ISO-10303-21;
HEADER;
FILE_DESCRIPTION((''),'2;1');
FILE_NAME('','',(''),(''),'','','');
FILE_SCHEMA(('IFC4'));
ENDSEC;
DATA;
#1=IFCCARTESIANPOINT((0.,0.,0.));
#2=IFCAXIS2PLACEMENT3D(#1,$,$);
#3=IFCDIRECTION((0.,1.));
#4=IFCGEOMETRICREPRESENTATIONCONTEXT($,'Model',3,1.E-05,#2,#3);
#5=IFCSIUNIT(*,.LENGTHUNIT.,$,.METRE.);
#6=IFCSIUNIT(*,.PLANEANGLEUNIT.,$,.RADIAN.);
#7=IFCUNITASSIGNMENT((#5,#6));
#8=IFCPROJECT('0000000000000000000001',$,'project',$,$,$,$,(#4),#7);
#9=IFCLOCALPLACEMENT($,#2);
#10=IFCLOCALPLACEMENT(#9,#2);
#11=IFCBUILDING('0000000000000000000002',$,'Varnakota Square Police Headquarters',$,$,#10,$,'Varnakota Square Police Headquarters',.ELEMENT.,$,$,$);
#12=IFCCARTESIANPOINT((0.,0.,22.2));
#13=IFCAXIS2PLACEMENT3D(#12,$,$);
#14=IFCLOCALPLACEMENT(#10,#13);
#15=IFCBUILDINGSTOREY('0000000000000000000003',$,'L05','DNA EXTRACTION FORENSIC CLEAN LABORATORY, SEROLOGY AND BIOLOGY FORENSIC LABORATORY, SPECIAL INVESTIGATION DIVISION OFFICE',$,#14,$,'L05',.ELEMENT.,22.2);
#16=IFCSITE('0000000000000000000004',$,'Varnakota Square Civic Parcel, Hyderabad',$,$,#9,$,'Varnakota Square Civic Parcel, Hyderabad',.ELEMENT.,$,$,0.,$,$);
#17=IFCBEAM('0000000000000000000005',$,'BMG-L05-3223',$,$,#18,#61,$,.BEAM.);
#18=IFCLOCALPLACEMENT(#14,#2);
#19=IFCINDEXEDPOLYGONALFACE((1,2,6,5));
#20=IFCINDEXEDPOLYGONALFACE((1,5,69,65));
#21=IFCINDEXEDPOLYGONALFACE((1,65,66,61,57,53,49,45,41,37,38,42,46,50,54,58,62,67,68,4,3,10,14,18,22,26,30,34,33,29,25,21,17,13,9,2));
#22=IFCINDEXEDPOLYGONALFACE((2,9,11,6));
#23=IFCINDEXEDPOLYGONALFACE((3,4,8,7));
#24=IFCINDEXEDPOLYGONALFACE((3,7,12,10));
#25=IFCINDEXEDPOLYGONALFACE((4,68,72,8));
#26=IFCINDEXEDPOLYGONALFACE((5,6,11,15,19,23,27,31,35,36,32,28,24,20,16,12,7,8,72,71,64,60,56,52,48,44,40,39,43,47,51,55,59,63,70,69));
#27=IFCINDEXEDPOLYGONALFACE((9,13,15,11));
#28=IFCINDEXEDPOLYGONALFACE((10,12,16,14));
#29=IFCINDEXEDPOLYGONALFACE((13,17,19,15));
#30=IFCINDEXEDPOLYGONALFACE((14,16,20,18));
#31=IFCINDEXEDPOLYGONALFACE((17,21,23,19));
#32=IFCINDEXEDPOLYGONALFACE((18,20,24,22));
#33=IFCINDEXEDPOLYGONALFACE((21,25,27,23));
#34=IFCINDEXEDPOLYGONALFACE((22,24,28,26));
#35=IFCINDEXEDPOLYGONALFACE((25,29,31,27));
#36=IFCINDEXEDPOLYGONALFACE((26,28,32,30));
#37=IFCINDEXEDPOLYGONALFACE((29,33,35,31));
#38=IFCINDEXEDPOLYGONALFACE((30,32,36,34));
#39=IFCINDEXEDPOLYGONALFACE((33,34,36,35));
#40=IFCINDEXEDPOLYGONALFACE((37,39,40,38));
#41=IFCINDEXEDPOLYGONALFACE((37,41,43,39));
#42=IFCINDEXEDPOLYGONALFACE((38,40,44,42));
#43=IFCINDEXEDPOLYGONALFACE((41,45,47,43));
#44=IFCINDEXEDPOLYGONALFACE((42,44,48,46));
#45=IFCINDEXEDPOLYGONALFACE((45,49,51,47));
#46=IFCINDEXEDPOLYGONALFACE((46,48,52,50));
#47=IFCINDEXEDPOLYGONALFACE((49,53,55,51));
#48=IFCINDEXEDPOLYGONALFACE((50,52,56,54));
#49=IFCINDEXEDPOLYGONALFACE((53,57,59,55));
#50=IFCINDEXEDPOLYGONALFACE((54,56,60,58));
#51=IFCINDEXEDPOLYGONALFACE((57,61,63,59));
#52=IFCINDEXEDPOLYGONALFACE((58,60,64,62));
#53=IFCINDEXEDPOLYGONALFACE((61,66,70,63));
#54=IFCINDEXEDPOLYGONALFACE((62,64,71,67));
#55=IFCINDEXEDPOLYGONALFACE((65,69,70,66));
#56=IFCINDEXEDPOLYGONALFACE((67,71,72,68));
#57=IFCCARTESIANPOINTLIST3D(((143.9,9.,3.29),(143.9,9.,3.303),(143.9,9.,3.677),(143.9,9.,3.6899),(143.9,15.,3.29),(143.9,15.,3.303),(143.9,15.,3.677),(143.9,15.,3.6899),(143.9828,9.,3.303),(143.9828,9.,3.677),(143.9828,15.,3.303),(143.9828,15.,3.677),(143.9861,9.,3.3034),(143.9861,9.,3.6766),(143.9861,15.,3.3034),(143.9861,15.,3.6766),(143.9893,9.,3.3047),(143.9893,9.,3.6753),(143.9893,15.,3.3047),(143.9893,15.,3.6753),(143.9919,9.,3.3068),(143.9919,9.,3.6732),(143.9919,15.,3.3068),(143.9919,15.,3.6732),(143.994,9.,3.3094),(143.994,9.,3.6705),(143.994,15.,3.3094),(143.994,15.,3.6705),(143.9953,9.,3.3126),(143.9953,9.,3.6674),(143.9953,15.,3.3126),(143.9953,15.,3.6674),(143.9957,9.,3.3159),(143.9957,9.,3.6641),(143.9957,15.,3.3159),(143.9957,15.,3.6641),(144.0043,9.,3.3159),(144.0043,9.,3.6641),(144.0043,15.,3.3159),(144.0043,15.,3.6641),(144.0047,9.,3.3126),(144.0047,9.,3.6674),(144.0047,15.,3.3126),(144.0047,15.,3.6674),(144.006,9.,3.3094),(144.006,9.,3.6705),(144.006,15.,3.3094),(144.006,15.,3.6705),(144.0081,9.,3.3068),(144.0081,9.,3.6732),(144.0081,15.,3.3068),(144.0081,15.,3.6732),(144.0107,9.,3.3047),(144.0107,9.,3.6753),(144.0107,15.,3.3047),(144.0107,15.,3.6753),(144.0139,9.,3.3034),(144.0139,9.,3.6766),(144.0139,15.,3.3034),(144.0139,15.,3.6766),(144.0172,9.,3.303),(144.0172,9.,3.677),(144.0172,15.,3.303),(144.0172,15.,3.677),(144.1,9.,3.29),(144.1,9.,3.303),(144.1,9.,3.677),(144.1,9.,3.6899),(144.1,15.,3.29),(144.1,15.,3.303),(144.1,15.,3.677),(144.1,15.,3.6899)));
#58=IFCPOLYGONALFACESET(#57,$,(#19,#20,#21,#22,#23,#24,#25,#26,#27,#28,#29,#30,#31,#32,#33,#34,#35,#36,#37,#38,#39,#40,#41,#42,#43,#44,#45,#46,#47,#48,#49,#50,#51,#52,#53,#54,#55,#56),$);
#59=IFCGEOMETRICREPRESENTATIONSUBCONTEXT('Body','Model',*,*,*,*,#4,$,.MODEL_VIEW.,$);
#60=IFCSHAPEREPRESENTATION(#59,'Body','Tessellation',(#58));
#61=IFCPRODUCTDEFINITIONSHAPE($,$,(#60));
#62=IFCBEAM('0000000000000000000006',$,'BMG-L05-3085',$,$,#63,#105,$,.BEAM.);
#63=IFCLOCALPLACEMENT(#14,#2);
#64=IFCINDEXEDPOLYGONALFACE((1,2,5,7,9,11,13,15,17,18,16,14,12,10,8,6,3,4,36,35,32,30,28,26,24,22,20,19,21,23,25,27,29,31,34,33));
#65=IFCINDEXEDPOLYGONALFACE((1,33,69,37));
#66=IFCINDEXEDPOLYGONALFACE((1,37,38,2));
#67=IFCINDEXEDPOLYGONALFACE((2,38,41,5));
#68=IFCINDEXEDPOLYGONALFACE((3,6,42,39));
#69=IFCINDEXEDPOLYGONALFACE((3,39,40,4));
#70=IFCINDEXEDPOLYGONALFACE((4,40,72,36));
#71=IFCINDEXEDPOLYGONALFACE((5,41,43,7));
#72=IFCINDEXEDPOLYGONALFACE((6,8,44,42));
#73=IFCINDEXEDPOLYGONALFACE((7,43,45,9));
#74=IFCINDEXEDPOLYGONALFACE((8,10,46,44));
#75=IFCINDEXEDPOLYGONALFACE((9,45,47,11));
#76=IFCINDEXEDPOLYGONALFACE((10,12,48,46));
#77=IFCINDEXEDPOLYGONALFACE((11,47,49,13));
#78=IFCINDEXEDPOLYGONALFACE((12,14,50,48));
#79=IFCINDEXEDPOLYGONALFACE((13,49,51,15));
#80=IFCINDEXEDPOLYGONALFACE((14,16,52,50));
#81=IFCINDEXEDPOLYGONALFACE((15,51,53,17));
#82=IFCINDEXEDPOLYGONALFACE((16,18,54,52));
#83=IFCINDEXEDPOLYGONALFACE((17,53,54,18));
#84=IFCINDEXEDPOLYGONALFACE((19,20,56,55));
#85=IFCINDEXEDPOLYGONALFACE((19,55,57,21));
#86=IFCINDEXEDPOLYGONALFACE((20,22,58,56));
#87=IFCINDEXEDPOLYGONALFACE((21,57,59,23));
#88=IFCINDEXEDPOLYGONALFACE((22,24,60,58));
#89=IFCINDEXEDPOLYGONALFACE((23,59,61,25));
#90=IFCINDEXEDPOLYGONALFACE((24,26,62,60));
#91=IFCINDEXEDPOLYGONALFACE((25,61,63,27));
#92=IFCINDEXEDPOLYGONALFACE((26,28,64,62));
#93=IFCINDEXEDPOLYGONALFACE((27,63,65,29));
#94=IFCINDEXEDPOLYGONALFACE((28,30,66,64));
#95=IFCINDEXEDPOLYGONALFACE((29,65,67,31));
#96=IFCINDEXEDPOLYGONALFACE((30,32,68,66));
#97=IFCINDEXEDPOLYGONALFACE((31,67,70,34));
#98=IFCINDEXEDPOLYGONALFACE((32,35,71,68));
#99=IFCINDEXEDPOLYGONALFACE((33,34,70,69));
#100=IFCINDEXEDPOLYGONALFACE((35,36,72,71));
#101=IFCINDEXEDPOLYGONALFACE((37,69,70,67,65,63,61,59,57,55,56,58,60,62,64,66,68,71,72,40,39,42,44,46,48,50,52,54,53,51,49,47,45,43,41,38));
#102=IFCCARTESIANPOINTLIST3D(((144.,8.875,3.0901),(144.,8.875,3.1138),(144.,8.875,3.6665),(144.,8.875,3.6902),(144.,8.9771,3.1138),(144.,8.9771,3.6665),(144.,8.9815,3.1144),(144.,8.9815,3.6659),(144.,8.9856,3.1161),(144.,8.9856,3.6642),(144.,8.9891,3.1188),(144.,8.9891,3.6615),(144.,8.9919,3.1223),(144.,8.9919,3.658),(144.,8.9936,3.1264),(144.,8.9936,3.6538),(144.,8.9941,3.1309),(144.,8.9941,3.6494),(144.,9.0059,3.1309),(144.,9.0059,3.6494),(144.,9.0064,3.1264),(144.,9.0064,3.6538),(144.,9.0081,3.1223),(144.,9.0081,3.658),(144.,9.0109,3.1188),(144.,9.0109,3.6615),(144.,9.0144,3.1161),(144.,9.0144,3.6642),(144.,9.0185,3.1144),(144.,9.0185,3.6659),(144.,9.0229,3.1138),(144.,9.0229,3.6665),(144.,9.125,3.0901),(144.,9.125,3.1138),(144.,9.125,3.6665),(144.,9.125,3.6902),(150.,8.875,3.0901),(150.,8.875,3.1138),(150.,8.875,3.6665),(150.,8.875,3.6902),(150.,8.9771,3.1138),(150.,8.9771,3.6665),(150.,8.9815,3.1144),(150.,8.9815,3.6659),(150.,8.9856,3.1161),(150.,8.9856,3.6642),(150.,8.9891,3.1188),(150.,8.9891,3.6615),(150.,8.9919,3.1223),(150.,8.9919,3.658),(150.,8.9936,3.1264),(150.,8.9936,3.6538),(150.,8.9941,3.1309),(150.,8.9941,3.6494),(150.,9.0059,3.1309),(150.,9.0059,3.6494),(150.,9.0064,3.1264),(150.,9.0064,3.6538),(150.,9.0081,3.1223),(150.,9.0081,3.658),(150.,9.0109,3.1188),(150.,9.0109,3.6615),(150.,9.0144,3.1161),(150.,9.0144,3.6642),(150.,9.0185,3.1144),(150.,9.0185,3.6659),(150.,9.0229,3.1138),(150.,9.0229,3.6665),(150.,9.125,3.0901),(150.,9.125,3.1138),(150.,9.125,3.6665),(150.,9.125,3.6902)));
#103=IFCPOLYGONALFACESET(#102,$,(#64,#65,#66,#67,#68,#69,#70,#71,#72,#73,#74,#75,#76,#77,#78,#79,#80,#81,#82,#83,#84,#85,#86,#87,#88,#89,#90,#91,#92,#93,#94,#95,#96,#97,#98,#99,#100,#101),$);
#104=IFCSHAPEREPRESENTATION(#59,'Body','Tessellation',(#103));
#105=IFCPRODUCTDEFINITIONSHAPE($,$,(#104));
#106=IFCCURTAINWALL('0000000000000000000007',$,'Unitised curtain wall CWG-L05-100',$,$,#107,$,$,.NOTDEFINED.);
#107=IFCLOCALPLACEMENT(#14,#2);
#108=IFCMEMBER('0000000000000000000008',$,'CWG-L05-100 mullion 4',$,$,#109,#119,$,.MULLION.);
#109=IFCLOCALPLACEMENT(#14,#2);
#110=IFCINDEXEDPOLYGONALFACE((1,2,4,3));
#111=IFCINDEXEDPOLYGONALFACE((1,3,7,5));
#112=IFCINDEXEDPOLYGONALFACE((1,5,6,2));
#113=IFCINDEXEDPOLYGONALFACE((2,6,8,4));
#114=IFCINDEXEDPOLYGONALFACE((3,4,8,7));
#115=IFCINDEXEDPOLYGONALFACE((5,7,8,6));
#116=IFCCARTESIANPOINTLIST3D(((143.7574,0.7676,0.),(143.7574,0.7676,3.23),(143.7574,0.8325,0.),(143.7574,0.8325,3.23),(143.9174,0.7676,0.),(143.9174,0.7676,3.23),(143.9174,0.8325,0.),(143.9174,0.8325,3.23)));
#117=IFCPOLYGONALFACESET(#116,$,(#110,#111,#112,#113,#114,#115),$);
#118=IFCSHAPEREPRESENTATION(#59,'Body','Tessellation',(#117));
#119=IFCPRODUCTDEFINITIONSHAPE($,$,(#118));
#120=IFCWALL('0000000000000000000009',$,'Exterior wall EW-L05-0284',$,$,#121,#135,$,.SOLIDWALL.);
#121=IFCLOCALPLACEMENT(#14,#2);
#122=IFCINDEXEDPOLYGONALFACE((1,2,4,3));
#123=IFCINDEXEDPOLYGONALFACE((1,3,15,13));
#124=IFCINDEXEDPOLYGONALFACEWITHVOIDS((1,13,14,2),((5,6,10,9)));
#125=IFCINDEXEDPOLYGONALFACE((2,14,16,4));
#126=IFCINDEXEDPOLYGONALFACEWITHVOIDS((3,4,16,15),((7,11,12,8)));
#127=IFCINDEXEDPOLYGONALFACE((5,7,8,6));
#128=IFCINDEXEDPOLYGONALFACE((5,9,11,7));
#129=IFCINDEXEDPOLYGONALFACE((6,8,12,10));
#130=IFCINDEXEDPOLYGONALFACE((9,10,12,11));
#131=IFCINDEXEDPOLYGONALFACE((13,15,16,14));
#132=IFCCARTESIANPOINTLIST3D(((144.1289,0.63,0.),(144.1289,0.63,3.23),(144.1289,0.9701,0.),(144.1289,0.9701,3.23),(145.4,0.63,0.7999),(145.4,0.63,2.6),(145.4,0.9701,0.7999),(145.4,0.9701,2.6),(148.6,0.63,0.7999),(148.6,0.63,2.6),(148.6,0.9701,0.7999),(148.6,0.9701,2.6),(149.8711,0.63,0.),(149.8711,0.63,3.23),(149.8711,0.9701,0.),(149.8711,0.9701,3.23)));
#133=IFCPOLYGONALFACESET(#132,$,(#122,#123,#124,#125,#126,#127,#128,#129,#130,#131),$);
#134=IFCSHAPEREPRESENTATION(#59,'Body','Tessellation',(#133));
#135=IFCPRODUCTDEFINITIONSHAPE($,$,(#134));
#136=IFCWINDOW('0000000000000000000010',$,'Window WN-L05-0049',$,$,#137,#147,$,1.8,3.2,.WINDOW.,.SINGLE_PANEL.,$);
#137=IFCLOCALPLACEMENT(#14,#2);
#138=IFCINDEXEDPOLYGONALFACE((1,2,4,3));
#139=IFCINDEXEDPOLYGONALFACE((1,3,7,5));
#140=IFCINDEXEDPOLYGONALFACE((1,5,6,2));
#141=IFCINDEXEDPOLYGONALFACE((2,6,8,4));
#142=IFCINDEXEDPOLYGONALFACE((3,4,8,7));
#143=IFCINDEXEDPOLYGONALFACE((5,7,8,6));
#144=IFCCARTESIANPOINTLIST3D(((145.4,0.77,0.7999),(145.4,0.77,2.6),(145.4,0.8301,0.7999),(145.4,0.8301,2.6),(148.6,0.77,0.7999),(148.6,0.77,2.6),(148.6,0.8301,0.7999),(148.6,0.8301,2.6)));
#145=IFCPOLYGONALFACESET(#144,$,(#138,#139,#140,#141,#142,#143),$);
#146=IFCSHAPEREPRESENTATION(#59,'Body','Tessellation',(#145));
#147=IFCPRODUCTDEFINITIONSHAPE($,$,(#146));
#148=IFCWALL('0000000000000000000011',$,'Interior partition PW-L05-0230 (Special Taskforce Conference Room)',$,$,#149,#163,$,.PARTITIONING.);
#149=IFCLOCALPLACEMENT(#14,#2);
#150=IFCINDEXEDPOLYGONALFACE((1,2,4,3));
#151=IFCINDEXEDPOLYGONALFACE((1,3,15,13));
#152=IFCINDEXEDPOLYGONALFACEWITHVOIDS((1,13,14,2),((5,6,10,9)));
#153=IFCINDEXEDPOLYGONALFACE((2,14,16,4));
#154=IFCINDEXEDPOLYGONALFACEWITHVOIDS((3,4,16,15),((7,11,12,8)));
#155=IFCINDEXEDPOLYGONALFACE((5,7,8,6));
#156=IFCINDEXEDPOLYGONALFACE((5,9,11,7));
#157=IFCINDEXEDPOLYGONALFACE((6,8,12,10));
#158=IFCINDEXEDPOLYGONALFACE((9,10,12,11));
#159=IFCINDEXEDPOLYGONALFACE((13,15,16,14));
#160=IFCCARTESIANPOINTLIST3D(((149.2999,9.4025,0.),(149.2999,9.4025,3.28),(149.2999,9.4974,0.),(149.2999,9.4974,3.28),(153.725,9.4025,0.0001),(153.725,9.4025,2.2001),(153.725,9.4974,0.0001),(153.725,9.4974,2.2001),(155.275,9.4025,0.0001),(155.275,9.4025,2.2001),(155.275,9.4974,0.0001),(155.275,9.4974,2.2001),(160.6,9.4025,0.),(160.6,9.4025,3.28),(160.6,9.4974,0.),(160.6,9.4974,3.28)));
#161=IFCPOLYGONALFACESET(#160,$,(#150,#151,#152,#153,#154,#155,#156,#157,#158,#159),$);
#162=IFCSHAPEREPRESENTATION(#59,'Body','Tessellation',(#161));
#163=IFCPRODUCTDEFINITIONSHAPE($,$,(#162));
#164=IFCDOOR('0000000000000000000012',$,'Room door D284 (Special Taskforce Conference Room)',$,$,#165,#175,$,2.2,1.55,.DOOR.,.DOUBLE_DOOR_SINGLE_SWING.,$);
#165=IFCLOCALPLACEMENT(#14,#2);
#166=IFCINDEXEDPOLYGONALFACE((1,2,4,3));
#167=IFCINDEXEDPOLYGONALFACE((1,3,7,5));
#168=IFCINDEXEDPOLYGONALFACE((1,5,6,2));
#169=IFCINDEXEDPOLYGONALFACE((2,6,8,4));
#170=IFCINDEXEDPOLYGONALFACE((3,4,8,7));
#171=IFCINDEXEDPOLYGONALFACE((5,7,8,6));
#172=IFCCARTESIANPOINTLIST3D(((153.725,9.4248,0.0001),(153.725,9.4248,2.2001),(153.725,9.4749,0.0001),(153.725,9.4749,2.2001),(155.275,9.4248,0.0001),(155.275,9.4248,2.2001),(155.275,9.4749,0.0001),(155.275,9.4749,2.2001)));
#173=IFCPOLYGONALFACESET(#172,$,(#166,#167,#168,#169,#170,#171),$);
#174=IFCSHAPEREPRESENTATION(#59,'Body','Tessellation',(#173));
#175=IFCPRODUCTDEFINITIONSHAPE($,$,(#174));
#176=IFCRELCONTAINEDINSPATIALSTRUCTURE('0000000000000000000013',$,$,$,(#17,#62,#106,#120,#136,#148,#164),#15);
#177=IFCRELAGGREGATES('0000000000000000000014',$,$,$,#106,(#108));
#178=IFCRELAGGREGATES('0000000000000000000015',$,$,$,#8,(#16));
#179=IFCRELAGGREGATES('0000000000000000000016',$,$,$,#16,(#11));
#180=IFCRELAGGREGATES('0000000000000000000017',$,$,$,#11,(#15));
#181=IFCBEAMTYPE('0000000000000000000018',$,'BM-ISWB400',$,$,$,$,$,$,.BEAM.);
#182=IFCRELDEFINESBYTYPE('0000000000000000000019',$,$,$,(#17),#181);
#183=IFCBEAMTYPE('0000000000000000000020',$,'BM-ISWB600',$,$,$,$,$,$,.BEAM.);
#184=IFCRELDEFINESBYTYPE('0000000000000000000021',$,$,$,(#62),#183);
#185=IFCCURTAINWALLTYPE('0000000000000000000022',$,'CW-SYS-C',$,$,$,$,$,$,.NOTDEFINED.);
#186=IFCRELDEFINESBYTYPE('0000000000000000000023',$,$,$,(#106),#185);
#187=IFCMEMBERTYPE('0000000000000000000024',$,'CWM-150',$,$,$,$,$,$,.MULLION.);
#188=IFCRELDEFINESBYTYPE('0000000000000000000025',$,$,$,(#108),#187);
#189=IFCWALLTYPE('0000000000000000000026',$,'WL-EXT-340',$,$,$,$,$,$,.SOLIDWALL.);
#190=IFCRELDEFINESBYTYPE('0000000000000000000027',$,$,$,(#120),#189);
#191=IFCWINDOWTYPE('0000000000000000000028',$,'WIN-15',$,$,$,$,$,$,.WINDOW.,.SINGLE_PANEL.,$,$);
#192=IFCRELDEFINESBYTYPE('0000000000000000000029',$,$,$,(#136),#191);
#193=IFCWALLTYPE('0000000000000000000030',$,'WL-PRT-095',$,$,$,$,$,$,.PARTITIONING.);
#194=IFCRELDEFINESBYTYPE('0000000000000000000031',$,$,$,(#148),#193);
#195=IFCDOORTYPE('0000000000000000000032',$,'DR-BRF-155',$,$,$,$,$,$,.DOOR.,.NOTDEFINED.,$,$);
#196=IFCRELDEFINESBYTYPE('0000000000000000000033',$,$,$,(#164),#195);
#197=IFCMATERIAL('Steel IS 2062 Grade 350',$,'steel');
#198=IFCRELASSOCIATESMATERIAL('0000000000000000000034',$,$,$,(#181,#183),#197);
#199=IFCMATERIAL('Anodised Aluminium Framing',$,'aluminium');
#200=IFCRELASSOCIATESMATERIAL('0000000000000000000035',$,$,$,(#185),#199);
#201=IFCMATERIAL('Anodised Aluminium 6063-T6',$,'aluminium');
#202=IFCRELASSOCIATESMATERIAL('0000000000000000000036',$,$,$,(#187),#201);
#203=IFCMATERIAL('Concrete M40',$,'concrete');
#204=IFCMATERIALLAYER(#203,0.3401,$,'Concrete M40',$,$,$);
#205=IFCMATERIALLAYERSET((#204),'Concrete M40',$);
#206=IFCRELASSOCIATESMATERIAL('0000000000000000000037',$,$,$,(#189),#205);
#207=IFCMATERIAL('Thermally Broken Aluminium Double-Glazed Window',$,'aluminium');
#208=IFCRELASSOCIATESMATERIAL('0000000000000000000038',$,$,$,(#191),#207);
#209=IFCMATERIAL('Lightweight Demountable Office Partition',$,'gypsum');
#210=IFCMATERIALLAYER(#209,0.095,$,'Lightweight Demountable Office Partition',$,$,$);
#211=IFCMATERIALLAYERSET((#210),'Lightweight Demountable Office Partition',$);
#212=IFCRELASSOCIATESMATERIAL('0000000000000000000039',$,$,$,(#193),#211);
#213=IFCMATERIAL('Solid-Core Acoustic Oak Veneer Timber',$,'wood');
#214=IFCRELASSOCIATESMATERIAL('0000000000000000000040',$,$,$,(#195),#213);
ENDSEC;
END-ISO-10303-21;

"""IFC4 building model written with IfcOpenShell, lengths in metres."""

from ifc_helpers import new_model, si_unit, direction, frame, frame_2d, origin, origin_2d, place, context, subcontext, project, spatial, rectangle, i_section, extrude, material, layer, layer_set, material_profile, profile_set, type_object, element, fill, aggregate, save


model = new_model("IFC4")

# Units and contexts
model_context = context("Model", 3, precision=1e-05, world=origin(), true_north=direction((0.0, 1.0)))
body_context = subcontext(model_context, "Body", "Model", "MODEL_VIEW")
ifc_project = project(units=[si_unit("LENGTHUNIT", "METRE"), si_unit("PLANEANGLEUNIT", "RADIAN")], contexts=[model_context])

# Site, building, storey
site_placement = place(None, origin())
site = spatial("IfcSite", under=ifc_project, at=site_placement, Name="Varnakota Square Civic Parcel, Hyderabad", LongName="Varnakota Square Civic Parcel, Hyderabad", CompositionType="ELEMENT", RefElevation=0.0)
building_placement = place(site_placement, origin())
building = spatial("IfcBuilding", under=site, at=building_placement, Name="Varnakota Square Police Headquarters", LongName="Varnakota Square Police Headquarters", CompositionType="ELEMENT")
storey_placement = place(building_placement, frame((0.0, 0.0, 22.2)))
storey = spatial("IfcBuildingStorey", under=building, at=storey_placement, Name="L05", Description="DNA EXTRACTION FORENSIC CLEAN LABORATORY, SEROLOGY AND BIOLOGY FORENSIC LABORATORY, SPECIAL INVESTIGATION DIVISION OFFICE", LongName="L05", CompositionType="ELEMENT", Elevation=22.2)

# Shared definitions
ifc_material_1 = material(Name="Steel IS 2062 Grade 350", Category="steel")

# Beams
ifc_material_profile_1 = material_profile(ifc_material_1, i_section(OverallWidth=0.2, OverallDepth=0.3999, WebThickness=0.0085, FlangeThickness=0.0129, FilletRadius=0.0129, at=origin_2d()), Name="ISWB 400")
ifc_profile_set_1 = profile_set([ifc_material_profile_1], Name="Steel IS 2062 Grade 350")
beam_type_1 = type_object("IfcBeamType", Name="BM-ISWB400", PredefinedType="BEAM", material=ifc_profile_set_1)
beam_1_placement = place(storey_placement, frame((144.0, 9.0, 3.49), z_axis=(0.0, 1.0, 0.0), x_axis=(-1.0, 0.0, 0.0)))
element("IfcBeam", 1, at=beam_1_placement, inside=storey, type_object=beam_type_1, Name="BMG-L05-3223", PredefinedType="BEAM", context=body_context, shape_type="SweptSolid", body=[
    extrude(i_section(OverallWidth=0.2, OverallDepth=0.3999, WebThickness=0.0085, FlangeThickness=0.0129, FilletRadius=0.0129, at=origin_2d()), origin(), (0.0, 0.0, 1.0), 6.0),
])
ifc_material_profile_2 = material_profile(ifc_material_1, i_section(OverallWidth=0.25, OverallDepth=0.6001, WebThickness=0.0117, FlangeThickness=0.0237, FilletRadius=0.0171, at=origin_2d()), Name="ISWB 600")
ifc_profile_set_2 = profile_set([ifc_material_profile_2], Name="Steel IS 2062 Grade 350")
beam_type_2 = type_object("IfcBeamType", Name="BM-ISWB600", PredefinedType="BEAM", material=ifc_profile_set_2)
beam_2_placement = place(storey_placement, frame((144.0, 9.0, 3.3901), z_axis=(1.0, 0.0, 0.0), x_axis=(0.0, 1.0, 0.0)))
element("IfcBeam", 2, at=beam_2_placement, inside=storey, type_object=beam_type_2, Name="BMG-L05-3085", PredefinedType="BEAM", context=body_context, shape_type="SweptSolid", body=[
    extrude(i_section(OverallWidth=0.25, OverallDepth=0.6001, WebThickness=0.0117, FlangeThickness=0.0237, FilletRadius=0.0171, at=origin_2d()), origin(), (0.0, 0.0, 1.0), 6.0),
])

# Curtain wall, member
ifc_material_2 = material(Name="Anodised Aluminium Framing", Category="aluminium")
curtain_wall_type = type_object("IfcCurtainWallType", Name="CW-SYS-C", PredefinedType="NOTDEFINED", material=ifc_material_2)
curtain_wall_placement = place(storey_placement, origin())
curtain_wall = element("IfcCurtainWall", 3, at=curtain_wall_placement, inside=storey, type_object=curtain_wall_type, Name="Unitised curtain wall CWG-L05-100", PredefinedType="NOTDEFINED")
ifc_material_3 = material(Name="Anodised Aluminium 6063-T6", Category="aluminium")
ifc_material_profile_3 = material_profile(ifc_material_3, rectangle(XDim=0.0649, YDim=0.1599, at=origin_2d()), Name="ALU MULLION 65x160")
ifc_profile_set_3 = profile_set([ifc_material_profile_3], Name="Anodised Aluminium 6063-T6")
member_type = type_object("IfcMemberType", Name="CWM-150", PredefinedType="MULLION", material=ifc_profile_set_3)
member_placement = place(storey_placement, frame((143.8374, 0.8, 0.0), z_axis=(0.0, 0.0, 1.0), x_axis=(0.0, 1.0, 0.0)))
member = element("IfcMember", 4, at=member_placement, type_object=member_type, Name="CWG-L05-100 mullion 4", PredefinedType="MULLION", context=body_context, shape_type="SweptSolid", body=[
    extrude(rectangle(XDim=0.0649, YDim=0.1599, at=origin_2d()), origin(), (0.0, 0.0, 1.0), 3.23),
])
aggregate(curtain_wall, [member])

# Wall, opening, window
ifc_material_4 = material(Name="Concrete M40", Category="concrete")
ifc_layer_1 = layer(ifc_material_4, 0.3401, Name="Concrete M40")
ifc_layer_set_1 = layer_set([ifc_layer_1], Name="Concrete M40")
wall_type_1 = type_object("IfcWallType", Name="WL-EXT-340", PredefinedType="SOLIDWALL", material=ifc_layer_set_1)
wall_1_placement = place(storey_placement, frame((144.1289, 0.8, 0.0), z_axis=(0.0, 0.0, 1.0), x_axis=(1.0, 0.0, 0.0)))
wall_1 = element("IfcWall", 5, at=wall_1_placement, inside=storey, type_object=wall_type_1, Name="Exterior wall EW-L05-0284", PredefinedType="SOLIDWALL", context=body_context, shape_type="SweptSolid", body=[
    extrude(rectangle(XDim=5.7422, YDim=0.3401, at=frame_2d((2.8711, 0.0))), origin(), (0.0, 0.0, 1.0), 3.23),
])
opening_1_placement = place(wall_1_placement, frame((1.271, 0.0, 0.8)))
opening_1 = element("IfcOpeningElement", 6, at=opening_1_placement, cuts=wall_1, PredefinedType="OPENING", context=body_context, shape_type="SweptSolid", body=[
    extrude(rectangle(XDim=3.2, YDim=1.8, at=frame_2d((1.6001, 0.8999))), frame((0.0, 0.1799, 0.0), z_axis=(0.0, -1.0, 0.0), x_axis=(1.0, 0.0, 0.0)), (0.0, 0.0, 1.0), 0.3601),
])
ifc_material_5 = material(Name="Thermally Broken Aluminium Double-Glazed Window", Category="aluminium")
window_type = type_object("IfcWindowType", Name="WIN-15", PartitioningType="SINGLE_PANEL", PredefinedType="WINDOW", material=ifc_material_5)
window_placement = place(opening_1_placement, origin())
window = element("IfcWindow", 7, at=window_placement, inside=storey, type_object=window_type, Name="Window WN-L05-0049", OverallHeight=1.8, OverallWidth=3.2, PartitioningType="SINGLE_PANEL", PredefinedType="WINDOW", context=body_context, shape_type="SweptSolid", body=[
    extrude(rectangle(XDim=3.2, YDim=1.8, at=frame_2d((1.6001, 0.8999))), frame((0.0, 0.03, 0.0), z_axis=(0.0, -1.0, 0.0), x_axis=(1.0, 0.0, 0.0)), (0.0, 0.0, 1.0), 0.0601),
])
fill(opening_1, window)

# Wall, opening, door
ifc_material_6 = material(Name="Lightweight Demountable Office Partition", Category="gypsum")
ifc_layer_2 = layer(ifc_material_6, 0.095, Name="Lightweight Demountable Office Partition")
ifc_layer_set_2 = layer_set([ifc_layer_2], Name="Lightweight Demountable Office Partition")
wall_type_2 = type_object("IfcWallType", Name="WL-PRT-095", PredefinedType="PARTITIONING", material=ifc_layer_set_2)
wall_2_placement = place(storey_placement, frame((149.3, 9.45, 0.0), z_axis=(0.0, 0.0, 1.0), x_axis=(1.0, 0.0, 0.0)))
wall_2 = element("IfcWall", 8, at=wall_2_placement, inside=storey, type_object=wall_type_2, Name="Interior partition PW-L05-0230 (Special Taskforce Conference Room)", PredefinedType="PARTITIONING", context=body_context, shape_type="SweptSolid", body=[
    extrude(rectangle(XDim=11.3, YDim=0.095, at=frame_2d((5.6499, 0.0))), origin(), (0.0, 0.0, 1.0), 3.28),
])
opening_2_placement = place(wall_2_placement, frame((4.425, 0.0, 0.0)))
opening_2 = element("IfcOpeningElement", 9, at=opening_2_placement, cuts=wall_2, PredefinedType="OPENING", context=body_context, shape_type="SweptSolid", body=[
    extrude(rectangle(XDim=1.55, YDim=2.2, at=frame_2d((0.7749, 1.1001))), frame((0.0, 0.0574, 0.0), z_axis=(0.0, -1.0, 0.0), x_axis=(1.0, 0.0, 0.0)), (0.0, 0.0, 1.0), 0.115),
])
ifc_material_7 = material(Name="Solid-Core Acoustic Oak Veneer Timber", Category="wood")
door_type = type_object("IfcDoorType", Name="DR-BRF-155", OperationType="NOTDEFINED", PredefinedType="DOOR", material=ifc_material_7)
door_placement = place(opening_2_placement, origin())
door = element("IfcDoor", 10, at=door_placement, inside=storey, type_object=door_type, Name="Room door D284 (Special Taskforce Conference Room)", OperationType="DOUBLE_DOOR_SINGLE_SWING", OverallHeight=2.2, OverallWidth=1.55, PredefinedType="DOOR", context=body_context, shape_type="SweptSolid", body=[
    extrude(rectangle(XDim=1.55, YDim=2.2, at=frame_2d((0.7749, 1.1001))), frame((0.0, 0.0249, 0.0), z_axis=(0.0, -1.0, 0.0), x_axis=(1.0, 0.0, 0.0)), (0.0, 0.0, 1.0), 0.05),
])
fill(opening_2, door)

save(model, "model.ifc")
